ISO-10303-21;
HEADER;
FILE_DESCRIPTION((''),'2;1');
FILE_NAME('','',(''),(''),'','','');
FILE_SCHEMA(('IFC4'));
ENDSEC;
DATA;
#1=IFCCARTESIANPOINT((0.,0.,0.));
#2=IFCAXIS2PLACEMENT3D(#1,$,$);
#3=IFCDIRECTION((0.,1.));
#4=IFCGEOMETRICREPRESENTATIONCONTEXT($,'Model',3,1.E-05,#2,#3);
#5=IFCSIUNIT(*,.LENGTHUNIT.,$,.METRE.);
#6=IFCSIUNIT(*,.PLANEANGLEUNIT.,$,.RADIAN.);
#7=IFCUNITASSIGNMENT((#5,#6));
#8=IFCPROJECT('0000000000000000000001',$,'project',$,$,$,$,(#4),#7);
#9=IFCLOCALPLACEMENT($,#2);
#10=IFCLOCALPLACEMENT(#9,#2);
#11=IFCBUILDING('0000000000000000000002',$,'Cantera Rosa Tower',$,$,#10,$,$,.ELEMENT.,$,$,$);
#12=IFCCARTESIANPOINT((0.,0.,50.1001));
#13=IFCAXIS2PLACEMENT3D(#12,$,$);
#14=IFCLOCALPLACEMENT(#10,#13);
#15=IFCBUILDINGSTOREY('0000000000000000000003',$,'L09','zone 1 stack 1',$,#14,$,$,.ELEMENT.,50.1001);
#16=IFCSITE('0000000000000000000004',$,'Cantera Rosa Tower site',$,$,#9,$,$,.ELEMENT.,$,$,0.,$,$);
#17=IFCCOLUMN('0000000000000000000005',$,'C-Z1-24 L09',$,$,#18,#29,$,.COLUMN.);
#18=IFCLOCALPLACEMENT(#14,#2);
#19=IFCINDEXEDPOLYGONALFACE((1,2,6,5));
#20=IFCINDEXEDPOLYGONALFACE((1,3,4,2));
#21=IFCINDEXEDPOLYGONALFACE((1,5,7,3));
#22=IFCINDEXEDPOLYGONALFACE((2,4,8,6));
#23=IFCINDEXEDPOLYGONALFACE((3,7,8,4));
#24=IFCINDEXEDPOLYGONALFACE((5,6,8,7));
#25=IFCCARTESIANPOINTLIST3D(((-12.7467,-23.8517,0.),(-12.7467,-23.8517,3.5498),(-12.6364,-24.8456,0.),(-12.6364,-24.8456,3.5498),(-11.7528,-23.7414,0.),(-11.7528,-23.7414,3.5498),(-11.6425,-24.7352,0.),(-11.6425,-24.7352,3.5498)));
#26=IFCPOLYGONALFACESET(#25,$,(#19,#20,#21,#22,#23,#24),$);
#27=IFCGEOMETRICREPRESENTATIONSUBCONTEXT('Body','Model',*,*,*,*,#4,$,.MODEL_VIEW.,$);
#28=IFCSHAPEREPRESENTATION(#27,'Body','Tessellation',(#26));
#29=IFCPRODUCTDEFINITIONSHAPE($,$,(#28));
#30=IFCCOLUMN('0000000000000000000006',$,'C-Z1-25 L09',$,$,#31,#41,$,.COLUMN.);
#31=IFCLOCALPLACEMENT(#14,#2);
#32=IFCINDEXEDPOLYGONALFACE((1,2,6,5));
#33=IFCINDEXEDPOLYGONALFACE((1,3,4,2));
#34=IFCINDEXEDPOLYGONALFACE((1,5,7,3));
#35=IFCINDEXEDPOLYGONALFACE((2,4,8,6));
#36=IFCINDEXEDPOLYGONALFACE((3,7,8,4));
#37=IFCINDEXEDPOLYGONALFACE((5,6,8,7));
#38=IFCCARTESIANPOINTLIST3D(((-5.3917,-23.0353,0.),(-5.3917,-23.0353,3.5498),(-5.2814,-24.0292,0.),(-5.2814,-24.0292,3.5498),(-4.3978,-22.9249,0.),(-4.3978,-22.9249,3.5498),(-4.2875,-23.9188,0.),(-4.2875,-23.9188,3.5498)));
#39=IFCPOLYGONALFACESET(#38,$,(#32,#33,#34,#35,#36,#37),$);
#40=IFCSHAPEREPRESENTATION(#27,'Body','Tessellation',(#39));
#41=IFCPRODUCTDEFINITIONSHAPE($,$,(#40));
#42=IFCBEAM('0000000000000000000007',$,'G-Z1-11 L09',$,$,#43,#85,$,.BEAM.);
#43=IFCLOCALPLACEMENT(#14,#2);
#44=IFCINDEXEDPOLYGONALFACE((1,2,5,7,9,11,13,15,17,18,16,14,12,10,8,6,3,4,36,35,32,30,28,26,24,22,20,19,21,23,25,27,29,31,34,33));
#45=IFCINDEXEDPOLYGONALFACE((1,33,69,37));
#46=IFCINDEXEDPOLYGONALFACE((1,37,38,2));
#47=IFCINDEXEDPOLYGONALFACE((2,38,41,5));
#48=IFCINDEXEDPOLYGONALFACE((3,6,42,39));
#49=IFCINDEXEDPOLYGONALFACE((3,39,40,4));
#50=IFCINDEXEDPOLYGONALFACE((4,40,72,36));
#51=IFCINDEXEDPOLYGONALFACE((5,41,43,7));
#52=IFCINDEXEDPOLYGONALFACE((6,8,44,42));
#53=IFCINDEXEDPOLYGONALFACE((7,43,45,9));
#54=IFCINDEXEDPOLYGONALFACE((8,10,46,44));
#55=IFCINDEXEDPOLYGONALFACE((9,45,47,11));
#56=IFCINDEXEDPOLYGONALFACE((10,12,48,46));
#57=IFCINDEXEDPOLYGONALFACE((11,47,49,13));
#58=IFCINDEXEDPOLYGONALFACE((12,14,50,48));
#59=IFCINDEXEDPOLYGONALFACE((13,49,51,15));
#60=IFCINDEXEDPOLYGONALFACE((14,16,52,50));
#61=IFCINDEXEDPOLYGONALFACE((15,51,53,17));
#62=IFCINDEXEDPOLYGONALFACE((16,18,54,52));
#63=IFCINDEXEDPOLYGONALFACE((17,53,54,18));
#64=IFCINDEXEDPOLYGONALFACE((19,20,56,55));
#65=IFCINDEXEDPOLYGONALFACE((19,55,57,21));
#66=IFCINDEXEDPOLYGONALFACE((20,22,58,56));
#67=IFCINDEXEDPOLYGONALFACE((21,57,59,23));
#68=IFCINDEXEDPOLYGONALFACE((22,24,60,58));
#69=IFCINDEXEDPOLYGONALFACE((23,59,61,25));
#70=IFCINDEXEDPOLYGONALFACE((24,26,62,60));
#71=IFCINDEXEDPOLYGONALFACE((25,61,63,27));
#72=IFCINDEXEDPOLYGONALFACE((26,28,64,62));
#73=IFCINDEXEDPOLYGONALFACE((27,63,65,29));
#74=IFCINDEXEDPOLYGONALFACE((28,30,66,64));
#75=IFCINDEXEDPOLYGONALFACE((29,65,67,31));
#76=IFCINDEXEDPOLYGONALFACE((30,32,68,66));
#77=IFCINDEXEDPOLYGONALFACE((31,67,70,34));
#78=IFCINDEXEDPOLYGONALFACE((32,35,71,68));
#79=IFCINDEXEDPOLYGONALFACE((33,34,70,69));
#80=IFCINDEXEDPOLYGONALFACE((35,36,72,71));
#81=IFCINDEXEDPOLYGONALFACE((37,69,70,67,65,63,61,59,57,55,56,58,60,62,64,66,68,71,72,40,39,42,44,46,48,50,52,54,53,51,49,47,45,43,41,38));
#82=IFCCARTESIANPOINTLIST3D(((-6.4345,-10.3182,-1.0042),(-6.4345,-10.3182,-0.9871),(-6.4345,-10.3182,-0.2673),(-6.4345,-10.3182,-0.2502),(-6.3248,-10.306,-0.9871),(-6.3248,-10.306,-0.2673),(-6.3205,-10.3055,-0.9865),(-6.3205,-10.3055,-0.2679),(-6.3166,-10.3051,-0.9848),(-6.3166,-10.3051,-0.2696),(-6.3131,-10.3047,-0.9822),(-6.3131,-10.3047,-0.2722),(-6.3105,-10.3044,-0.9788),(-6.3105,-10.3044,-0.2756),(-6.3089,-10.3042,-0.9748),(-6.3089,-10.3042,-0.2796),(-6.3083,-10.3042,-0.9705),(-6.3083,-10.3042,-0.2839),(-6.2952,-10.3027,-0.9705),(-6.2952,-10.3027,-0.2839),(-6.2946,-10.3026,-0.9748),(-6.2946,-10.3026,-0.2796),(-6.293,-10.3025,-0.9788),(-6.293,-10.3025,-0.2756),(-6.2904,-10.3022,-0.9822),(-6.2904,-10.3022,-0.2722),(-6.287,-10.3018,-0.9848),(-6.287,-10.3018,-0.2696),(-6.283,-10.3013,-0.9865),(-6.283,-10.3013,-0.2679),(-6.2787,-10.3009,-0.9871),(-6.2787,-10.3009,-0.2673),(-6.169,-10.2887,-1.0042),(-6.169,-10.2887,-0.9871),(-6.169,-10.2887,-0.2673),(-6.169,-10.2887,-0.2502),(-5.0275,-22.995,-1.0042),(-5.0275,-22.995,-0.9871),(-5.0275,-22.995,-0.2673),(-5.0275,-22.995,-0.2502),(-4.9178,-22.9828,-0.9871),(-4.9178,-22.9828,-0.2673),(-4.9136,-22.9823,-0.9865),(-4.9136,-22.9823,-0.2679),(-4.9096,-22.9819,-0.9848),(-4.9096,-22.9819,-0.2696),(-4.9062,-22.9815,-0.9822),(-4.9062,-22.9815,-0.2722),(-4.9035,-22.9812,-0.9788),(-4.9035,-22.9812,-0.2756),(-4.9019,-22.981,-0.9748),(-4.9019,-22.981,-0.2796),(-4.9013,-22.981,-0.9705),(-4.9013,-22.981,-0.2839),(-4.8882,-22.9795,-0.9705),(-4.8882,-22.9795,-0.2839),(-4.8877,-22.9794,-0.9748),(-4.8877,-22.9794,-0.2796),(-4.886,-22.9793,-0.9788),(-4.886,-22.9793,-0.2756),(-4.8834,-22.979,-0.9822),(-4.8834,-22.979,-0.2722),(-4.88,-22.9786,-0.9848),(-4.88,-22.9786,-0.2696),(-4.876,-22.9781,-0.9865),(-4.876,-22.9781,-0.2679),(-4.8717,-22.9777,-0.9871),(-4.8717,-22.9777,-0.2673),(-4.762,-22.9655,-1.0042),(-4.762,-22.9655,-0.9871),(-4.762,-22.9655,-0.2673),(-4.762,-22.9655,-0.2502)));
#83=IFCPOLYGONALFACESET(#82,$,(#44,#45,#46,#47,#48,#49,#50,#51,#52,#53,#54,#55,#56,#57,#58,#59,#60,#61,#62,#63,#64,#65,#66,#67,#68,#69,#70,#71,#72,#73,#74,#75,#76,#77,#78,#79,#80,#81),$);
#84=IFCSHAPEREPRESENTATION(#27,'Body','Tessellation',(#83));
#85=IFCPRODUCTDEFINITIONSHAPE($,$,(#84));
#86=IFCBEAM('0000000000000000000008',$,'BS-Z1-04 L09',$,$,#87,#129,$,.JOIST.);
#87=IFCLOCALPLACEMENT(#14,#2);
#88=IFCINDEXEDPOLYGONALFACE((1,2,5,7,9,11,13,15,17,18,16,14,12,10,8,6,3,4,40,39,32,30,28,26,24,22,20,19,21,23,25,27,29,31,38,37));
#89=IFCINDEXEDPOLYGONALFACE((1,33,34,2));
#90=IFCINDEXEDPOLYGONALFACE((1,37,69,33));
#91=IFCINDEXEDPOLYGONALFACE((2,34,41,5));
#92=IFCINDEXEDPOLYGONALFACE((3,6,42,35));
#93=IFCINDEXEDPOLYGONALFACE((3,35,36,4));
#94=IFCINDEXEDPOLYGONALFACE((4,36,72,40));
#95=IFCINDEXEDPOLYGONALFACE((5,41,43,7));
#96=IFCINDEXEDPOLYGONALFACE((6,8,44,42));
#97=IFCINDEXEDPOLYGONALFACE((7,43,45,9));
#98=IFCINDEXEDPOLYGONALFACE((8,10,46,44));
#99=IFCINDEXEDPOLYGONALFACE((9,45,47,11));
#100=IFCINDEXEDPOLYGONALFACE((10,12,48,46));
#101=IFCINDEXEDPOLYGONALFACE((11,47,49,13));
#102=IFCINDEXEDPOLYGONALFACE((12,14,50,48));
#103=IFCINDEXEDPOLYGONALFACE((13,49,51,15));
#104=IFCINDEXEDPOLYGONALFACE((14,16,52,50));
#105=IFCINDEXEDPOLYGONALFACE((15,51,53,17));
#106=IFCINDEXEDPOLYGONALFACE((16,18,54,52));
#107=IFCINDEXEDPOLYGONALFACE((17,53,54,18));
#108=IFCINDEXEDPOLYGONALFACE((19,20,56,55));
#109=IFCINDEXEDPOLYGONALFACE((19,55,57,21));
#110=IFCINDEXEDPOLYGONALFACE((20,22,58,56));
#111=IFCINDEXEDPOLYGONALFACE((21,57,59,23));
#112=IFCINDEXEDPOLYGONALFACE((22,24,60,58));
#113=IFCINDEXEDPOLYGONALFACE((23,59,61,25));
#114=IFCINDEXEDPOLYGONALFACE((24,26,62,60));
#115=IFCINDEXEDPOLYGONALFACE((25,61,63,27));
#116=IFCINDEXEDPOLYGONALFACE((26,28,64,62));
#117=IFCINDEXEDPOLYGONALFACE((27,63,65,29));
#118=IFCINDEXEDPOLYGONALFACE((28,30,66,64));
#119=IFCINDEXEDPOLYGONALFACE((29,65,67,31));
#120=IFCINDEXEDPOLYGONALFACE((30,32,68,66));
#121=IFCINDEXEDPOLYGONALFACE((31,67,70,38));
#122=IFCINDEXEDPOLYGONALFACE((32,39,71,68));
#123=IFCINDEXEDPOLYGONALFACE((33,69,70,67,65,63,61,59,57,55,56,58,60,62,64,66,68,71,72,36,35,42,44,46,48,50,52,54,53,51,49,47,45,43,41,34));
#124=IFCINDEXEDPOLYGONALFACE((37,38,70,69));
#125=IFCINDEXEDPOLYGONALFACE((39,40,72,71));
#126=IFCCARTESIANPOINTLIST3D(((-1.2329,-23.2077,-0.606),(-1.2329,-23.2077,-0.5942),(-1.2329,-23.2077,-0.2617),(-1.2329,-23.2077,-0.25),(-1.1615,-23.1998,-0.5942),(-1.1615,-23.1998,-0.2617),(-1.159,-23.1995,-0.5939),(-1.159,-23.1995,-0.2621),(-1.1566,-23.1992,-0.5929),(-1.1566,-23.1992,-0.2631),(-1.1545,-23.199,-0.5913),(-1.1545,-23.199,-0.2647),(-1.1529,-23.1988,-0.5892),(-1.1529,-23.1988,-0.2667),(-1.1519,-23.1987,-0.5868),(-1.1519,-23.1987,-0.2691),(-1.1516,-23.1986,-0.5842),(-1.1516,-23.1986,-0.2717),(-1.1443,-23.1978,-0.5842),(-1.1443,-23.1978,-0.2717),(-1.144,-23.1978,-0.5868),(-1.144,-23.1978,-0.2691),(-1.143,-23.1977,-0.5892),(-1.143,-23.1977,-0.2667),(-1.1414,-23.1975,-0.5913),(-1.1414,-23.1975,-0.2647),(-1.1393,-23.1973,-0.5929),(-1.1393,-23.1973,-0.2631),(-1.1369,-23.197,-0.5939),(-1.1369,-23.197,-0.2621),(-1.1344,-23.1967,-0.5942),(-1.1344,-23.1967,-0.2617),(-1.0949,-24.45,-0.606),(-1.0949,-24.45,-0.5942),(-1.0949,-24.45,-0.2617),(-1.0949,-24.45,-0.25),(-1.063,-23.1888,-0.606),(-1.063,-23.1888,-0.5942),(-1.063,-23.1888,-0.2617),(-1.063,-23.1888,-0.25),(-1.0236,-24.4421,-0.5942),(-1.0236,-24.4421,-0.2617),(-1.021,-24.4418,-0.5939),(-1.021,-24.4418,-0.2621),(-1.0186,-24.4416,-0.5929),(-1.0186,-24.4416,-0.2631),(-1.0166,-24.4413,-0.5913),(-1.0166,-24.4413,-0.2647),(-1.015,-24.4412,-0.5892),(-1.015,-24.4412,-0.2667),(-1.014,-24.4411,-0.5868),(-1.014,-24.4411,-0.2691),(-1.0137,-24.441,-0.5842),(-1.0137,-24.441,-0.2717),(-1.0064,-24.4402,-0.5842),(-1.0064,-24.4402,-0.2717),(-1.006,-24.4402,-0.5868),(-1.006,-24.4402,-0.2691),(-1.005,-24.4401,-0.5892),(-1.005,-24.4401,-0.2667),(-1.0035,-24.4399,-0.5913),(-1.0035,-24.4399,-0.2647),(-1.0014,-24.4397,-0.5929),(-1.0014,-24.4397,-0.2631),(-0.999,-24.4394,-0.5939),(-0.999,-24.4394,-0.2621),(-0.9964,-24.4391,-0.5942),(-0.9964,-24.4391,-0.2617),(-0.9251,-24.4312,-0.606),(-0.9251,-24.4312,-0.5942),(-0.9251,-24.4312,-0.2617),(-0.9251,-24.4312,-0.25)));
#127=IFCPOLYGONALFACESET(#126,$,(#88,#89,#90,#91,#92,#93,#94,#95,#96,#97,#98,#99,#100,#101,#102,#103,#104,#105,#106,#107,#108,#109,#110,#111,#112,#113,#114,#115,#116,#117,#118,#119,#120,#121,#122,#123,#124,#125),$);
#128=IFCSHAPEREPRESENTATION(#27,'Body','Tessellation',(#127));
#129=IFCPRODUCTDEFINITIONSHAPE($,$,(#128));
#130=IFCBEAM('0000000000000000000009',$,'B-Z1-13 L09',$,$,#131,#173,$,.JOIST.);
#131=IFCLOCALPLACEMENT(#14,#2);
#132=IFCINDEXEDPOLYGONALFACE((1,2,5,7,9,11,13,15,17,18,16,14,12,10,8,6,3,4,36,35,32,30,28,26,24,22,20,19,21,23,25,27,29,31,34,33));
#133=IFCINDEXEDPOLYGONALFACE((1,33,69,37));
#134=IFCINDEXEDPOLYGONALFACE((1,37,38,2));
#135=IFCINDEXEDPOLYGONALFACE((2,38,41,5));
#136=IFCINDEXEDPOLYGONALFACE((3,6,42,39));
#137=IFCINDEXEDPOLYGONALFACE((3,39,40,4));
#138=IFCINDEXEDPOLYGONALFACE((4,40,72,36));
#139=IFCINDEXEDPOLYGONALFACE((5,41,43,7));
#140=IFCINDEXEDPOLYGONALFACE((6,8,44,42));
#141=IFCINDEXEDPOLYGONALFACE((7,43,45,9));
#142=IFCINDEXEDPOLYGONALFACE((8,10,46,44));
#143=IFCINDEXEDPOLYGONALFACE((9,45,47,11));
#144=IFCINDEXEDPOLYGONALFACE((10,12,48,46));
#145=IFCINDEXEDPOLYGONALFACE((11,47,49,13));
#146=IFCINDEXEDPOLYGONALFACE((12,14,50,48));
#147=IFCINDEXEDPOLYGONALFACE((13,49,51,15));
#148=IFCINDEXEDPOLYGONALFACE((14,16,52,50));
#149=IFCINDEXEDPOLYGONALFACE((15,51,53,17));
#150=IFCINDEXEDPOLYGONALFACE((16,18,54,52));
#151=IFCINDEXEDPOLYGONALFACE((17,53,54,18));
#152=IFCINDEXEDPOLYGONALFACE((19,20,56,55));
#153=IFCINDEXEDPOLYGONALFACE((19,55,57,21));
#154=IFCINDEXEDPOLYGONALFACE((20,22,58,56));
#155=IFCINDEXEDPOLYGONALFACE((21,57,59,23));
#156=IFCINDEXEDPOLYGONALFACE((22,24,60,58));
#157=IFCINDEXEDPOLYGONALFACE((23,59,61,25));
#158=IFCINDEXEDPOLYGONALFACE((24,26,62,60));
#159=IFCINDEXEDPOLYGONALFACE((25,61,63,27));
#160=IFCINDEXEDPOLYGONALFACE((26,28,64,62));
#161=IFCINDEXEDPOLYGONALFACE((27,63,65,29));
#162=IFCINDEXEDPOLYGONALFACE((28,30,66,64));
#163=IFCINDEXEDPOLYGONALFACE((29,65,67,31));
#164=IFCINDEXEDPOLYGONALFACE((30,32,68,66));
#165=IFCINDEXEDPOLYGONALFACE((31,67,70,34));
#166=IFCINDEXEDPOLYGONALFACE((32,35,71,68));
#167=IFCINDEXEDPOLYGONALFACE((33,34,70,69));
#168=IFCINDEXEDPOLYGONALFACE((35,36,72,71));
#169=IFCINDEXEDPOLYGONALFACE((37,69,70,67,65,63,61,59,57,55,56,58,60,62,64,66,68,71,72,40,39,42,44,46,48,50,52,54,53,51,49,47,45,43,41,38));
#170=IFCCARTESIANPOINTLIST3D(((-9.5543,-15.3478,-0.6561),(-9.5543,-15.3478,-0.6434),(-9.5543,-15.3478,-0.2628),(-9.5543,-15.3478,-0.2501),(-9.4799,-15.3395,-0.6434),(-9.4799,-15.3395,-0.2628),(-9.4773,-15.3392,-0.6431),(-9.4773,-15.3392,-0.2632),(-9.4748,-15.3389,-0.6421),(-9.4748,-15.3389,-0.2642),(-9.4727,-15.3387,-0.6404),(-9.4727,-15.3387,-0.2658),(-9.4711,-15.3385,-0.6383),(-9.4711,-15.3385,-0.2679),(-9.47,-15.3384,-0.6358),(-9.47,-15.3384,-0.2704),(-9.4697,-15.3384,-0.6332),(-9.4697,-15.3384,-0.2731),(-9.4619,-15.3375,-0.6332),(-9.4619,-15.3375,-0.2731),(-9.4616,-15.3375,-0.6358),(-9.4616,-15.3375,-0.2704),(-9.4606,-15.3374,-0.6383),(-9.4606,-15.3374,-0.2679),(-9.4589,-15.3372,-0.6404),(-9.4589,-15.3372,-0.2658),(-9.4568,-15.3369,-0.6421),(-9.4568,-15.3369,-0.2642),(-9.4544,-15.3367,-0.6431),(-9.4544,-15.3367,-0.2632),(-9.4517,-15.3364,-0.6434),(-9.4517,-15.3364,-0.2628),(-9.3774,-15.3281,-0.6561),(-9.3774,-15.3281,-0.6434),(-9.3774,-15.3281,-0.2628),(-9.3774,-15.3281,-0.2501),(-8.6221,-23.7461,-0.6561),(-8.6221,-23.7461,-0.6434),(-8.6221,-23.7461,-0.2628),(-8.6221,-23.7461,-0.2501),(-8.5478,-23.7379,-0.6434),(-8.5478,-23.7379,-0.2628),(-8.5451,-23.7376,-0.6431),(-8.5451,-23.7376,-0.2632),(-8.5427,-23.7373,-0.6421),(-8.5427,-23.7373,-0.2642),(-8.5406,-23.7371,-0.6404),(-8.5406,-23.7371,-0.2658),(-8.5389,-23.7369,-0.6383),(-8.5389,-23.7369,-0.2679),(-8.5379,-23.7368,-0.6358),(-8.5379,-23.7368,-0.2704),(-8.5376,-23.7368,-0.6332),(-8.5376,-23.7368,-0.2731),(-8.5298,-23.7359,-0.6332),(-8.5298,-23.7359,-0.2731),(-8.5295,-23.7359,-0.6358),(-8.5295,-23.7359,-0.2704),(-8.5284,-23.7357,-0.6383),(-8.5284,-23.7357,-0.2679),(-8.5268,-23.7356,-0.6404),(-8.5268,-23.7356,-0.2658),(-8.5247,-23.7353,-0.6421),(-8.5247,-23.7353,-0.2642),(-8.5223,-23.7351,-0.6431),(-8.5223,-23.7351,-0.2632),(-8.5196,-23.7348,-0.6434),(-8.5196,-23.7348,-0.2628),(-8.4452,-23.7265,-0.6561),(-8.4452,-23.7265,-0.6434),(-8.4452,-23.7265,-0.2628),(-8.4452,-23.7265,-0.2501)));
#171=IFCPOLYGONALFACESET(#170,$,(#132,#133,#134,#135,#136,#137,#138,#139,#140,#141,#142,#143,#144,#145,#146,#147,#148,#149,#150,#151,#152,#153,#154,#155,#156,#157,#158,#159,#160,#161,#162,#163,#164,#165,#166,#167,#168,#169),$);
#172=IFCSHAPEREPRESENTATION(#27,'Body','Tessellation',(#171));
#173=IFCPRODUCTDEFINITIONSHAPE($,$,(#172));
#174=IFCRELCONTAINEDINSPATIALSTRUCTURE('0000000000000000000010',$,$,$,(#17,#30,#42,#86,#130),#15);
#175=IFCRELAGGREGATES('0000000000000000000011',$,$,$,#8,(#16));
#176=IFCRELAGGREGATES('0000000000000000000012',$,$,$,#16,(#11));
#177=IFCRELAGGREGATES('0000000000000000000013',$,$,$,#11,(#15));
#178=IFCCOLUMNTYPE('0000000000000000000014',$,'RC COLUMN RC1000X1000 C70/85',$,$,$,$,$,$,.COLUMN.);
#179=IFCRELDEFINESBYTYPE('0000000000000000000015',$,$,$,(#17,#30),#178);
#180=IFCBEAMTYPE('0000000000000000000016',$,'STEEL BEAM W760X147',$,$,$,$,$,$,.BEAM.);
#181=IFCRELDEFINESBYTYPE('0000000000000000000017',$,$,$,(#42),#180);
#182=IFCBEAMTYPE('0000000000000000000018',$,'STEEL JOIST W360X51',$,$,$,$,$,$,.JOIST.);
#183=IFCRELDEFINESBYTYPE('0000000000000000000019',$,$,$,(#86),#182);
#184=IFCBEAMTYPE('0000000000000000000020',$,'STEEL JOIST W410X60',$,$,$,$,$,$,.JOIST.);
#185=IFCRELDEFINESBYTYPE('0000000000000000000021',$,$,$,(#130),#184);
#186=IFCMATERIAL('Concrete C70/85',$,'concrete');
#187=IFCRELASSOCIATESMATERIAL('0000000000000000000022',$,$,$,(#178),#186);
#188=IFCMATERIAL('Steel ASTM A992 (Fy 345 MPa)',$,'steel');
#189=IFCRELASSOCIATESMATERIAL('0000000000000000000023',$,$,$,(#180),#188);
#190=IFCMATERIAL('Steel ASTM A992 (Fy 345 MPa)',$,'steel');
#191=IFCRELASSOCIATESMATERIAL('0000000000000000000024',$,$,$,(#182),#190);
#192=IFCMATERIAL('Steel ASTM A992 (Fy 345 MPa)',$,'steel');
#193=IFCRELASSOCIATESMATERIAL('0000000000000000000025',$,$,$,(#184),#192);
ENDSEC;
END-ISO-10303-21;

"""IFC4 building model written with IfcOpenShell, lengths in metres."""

from ifc_helpers import new_model, si_unit, direction, frame, origin, origin_2d, place, context, subcontext, project, spatial, rectangle, i_section, extrude, material, material_profile, profile_set, type_object, element, save


model = new_model("IFC4")

# Units and contexts
model_context = context("Model", 3, precision=1e-05, world=origin(), true_north=direction((0.0, 1.0)))
body_context = subcontext(model_context, "Body", "Model", "MODEL_VIEW")
ifc_project = project(units=[si_unit("LENGTHUNIT", "METRE"), si_unit("PLANEANGLEUNIT", "RADIAN")], contexts=[model_context])

# Site, building, storey
site_placement = place(None, origin())
site = spatial("IfcSite", under=ifc_project, at=site_placement, Name="Cantera Rosa Tower site", CompositionType="ELEMENT", RefElevation=0.0)
building_placement = place(site_placement, origin())
building = spatial("IfcBuilding", under=site, at=building_placement, Name="Cantera Rosa Tower", CompositionType="ELEMENT")
storey_placement = place(building_placement, frame((0.0, 0.0, 50.1001)))
storey = spatial("IfcBuildingStorey", under=building, at=storey_placement, Name="L09", Description="zone 1 stack 1", CompositionType="ELEMENT", Elevation=50.1001)

# Columns
ifc_material_1 = material(Name="Concrete C70/85", Category="concrete")
ifc_material_profile_1 = material_profile(ifc_material_1, rectangle(XDim=1.0, YDim=1.0, at=origin_2d()), Name="RC COLUMN RC1000X1000 C70/85")
ifc_profile_set_1 = profile_set([ifc_material_profile_1], Name="Concrete C70/85")
column_type = type_object("IfcColumnType", Name="RC COLUMN RC1000X1000 C70/85", PredefinedType="COLUMN", material=ifc_profile_set_1)
for number, where, z_axis, x_axis, name in (
    (1, (-12.1946, -24.2935, 0.0), (0.0, 0.0, 1.0), (0.993897, 0.110313, 0.0), "C-Z1-24 L09"),
    (2, (-4.8396, -23.4771, 0.0), (0.0, 0.0, 1.0), (0.993897, 0.110313, 0.0), "C-Z1-25 L09"),
):
    element("IfcColumn", number, at=place(storey_placement, frame(where, z_axis=z_axis, x_axis=x_axis)), inside=storey, type_object=column_type, Name=name, PredefinedType="COLUMN", context=body_context, shape_type="SweptSolid", body=[
        extrude(rectangle(XDim=1.0, YDim=1.0, at=origin_2d()), origin(), (0.0, 0.0, 1.0), 3.5498),
    ])

# Beams
ifc_material_2 = material(Name="Steel ASTM A992 (Fy 345 MPa)", Category="steel")
ifc_material_profile_2 = material_profile(ifc_material_2, i_section(OverallWidth=0.2671, OverallDepth=0.7539, WebThickness=0.0132, FlangeThickness=0.0171, FilletRadius=0.0166, at=origin_2d()), Name="W760X147")
ifc_profile_set_2 = profile_set([ifc_material_profile_2], Name="Steel ASTM A992 (Fy 345 MPa)")
beam_type_1 = type_object("IfcBeamType", Name="STEEL BEAM W760X147", PredefinedType="BEAM", material=ifc_profile_set_2)
beam_1_placement = place(storey_placement, frame((-4.8948, -22.9802, -0.6272), z_axis=(-0.110312, 0.993897, 0.0), x_axis=(-0.993897, -0.110312, 0.0)))
element("IfcBeam", 3, at=beam_1_placement, inside=storey, type_object=beam_type_1, Name="G-Z1-11 L09", PredefinedType="BEAM", context=body_context, shape_type="SweptSolid", body=[
    extrude(i_section(OverallWidth=0.2671, OverallDepth=0.7539, WebThickness=0.0132, FlangeThickness=0.0171, FilletRadius=0.0166, at=origin_2d()), origin(), (0.0, 0.0, 1.0), 12.7546),
])
ifc_material_3 = material(Name="Steel ASTM A992 (Fy 345 MPa)", Category="steel")
ifc_material_profile_3 = material_profile(ifc_material_3, i_section(OverallWidth=0.1709, OverallDepth=0.356, WebThickness=0.0073, FlangeThickness=0.0117, FilletRadius=0.01, at=origin_2d()), Name="W360X51")
ifc_profile_set_3 = profile_set([ifc_material_profile_3], Name="Steel ASTM A992 (Fy 345 MPa)")
beam_type_2 = type_object("IfcBeamType", Name="STEEL JOIST W360X51", PredefinedType="JOIST", material=ifc_profile_set_3)
beam_2_placement = place(storey_placement, frame((-1.1479, -23.1982, -0.428), z_axis=(0.110346, -0.993893, 0.0), x_axis=(0.993893, 0.110346, 0.0)))
element("IfcBeam", 4, at=beam_2_placement, inside=storey, type_object=beam_type_2, Name="BS-Z1-04 L09", PredefinedType="JOIST", context=body_context, shape_type="SweptSolid", body=[
    extrude(i_section(OverallWidth=0.1709, OverallDepth=0.356, WebThickness=0.0073, FlangeThickness=0.0117, FilletRadius=0.01, at=origin_2d()), origin(), (0.0, 0.0, 1.0), 1.25),
])
ifc_material_4 = material(Name="Steel ASTM A992 (Fy 345 MPa)", Category="steel")
ifc_material_profile_4 = material_profile(ifc_material_4, i_section(OverallWidth=0.178, OverallDepth=0.406, WebThickness=0.0078, FlangeThickness=0.0127, FilletRadius=0.0103, at=origin_2d()), Name="W410X60")
ifc_profile_set_4 = profile_set([ifc_material_profile_4], Name="Steel ASTM A992 (Fy 345 MPa)")
beam_type_3 = type_object("IfcBeamType", Name="STEEL JOIST W410X60", PredefinedType="JOIST", material=ifc_profile_set_4)
for number, where, z_axis, x_axis, name in (
    (5, (-8.5337, -23.7363, -0.4531), (-0.110311, 0.993897, 0.0), (-0.993897, -0.110311, 0.0), "B-Z1-13 L09"),
):
    element("IfcBeam", number, at=place(storey_placement, frame(where, z_axis=z_axis, x_axis=x_axis)), inside=storey, type_object=beam_type_3, Name=name, PredefinedType="JOIST", context=body_context, shape_type="SweptSolid", body=[
        extrude(i_section(OverallWidth=0.178, OverallDepth=0.406, WebThickness=0.0078, FlangeThickness=0.0127, FilletRadius=0.0103, at=origin_2d()), origin(), (0.0, 0.0, 1.0), 8.45),
    ])

save(model, "model.ifc")
